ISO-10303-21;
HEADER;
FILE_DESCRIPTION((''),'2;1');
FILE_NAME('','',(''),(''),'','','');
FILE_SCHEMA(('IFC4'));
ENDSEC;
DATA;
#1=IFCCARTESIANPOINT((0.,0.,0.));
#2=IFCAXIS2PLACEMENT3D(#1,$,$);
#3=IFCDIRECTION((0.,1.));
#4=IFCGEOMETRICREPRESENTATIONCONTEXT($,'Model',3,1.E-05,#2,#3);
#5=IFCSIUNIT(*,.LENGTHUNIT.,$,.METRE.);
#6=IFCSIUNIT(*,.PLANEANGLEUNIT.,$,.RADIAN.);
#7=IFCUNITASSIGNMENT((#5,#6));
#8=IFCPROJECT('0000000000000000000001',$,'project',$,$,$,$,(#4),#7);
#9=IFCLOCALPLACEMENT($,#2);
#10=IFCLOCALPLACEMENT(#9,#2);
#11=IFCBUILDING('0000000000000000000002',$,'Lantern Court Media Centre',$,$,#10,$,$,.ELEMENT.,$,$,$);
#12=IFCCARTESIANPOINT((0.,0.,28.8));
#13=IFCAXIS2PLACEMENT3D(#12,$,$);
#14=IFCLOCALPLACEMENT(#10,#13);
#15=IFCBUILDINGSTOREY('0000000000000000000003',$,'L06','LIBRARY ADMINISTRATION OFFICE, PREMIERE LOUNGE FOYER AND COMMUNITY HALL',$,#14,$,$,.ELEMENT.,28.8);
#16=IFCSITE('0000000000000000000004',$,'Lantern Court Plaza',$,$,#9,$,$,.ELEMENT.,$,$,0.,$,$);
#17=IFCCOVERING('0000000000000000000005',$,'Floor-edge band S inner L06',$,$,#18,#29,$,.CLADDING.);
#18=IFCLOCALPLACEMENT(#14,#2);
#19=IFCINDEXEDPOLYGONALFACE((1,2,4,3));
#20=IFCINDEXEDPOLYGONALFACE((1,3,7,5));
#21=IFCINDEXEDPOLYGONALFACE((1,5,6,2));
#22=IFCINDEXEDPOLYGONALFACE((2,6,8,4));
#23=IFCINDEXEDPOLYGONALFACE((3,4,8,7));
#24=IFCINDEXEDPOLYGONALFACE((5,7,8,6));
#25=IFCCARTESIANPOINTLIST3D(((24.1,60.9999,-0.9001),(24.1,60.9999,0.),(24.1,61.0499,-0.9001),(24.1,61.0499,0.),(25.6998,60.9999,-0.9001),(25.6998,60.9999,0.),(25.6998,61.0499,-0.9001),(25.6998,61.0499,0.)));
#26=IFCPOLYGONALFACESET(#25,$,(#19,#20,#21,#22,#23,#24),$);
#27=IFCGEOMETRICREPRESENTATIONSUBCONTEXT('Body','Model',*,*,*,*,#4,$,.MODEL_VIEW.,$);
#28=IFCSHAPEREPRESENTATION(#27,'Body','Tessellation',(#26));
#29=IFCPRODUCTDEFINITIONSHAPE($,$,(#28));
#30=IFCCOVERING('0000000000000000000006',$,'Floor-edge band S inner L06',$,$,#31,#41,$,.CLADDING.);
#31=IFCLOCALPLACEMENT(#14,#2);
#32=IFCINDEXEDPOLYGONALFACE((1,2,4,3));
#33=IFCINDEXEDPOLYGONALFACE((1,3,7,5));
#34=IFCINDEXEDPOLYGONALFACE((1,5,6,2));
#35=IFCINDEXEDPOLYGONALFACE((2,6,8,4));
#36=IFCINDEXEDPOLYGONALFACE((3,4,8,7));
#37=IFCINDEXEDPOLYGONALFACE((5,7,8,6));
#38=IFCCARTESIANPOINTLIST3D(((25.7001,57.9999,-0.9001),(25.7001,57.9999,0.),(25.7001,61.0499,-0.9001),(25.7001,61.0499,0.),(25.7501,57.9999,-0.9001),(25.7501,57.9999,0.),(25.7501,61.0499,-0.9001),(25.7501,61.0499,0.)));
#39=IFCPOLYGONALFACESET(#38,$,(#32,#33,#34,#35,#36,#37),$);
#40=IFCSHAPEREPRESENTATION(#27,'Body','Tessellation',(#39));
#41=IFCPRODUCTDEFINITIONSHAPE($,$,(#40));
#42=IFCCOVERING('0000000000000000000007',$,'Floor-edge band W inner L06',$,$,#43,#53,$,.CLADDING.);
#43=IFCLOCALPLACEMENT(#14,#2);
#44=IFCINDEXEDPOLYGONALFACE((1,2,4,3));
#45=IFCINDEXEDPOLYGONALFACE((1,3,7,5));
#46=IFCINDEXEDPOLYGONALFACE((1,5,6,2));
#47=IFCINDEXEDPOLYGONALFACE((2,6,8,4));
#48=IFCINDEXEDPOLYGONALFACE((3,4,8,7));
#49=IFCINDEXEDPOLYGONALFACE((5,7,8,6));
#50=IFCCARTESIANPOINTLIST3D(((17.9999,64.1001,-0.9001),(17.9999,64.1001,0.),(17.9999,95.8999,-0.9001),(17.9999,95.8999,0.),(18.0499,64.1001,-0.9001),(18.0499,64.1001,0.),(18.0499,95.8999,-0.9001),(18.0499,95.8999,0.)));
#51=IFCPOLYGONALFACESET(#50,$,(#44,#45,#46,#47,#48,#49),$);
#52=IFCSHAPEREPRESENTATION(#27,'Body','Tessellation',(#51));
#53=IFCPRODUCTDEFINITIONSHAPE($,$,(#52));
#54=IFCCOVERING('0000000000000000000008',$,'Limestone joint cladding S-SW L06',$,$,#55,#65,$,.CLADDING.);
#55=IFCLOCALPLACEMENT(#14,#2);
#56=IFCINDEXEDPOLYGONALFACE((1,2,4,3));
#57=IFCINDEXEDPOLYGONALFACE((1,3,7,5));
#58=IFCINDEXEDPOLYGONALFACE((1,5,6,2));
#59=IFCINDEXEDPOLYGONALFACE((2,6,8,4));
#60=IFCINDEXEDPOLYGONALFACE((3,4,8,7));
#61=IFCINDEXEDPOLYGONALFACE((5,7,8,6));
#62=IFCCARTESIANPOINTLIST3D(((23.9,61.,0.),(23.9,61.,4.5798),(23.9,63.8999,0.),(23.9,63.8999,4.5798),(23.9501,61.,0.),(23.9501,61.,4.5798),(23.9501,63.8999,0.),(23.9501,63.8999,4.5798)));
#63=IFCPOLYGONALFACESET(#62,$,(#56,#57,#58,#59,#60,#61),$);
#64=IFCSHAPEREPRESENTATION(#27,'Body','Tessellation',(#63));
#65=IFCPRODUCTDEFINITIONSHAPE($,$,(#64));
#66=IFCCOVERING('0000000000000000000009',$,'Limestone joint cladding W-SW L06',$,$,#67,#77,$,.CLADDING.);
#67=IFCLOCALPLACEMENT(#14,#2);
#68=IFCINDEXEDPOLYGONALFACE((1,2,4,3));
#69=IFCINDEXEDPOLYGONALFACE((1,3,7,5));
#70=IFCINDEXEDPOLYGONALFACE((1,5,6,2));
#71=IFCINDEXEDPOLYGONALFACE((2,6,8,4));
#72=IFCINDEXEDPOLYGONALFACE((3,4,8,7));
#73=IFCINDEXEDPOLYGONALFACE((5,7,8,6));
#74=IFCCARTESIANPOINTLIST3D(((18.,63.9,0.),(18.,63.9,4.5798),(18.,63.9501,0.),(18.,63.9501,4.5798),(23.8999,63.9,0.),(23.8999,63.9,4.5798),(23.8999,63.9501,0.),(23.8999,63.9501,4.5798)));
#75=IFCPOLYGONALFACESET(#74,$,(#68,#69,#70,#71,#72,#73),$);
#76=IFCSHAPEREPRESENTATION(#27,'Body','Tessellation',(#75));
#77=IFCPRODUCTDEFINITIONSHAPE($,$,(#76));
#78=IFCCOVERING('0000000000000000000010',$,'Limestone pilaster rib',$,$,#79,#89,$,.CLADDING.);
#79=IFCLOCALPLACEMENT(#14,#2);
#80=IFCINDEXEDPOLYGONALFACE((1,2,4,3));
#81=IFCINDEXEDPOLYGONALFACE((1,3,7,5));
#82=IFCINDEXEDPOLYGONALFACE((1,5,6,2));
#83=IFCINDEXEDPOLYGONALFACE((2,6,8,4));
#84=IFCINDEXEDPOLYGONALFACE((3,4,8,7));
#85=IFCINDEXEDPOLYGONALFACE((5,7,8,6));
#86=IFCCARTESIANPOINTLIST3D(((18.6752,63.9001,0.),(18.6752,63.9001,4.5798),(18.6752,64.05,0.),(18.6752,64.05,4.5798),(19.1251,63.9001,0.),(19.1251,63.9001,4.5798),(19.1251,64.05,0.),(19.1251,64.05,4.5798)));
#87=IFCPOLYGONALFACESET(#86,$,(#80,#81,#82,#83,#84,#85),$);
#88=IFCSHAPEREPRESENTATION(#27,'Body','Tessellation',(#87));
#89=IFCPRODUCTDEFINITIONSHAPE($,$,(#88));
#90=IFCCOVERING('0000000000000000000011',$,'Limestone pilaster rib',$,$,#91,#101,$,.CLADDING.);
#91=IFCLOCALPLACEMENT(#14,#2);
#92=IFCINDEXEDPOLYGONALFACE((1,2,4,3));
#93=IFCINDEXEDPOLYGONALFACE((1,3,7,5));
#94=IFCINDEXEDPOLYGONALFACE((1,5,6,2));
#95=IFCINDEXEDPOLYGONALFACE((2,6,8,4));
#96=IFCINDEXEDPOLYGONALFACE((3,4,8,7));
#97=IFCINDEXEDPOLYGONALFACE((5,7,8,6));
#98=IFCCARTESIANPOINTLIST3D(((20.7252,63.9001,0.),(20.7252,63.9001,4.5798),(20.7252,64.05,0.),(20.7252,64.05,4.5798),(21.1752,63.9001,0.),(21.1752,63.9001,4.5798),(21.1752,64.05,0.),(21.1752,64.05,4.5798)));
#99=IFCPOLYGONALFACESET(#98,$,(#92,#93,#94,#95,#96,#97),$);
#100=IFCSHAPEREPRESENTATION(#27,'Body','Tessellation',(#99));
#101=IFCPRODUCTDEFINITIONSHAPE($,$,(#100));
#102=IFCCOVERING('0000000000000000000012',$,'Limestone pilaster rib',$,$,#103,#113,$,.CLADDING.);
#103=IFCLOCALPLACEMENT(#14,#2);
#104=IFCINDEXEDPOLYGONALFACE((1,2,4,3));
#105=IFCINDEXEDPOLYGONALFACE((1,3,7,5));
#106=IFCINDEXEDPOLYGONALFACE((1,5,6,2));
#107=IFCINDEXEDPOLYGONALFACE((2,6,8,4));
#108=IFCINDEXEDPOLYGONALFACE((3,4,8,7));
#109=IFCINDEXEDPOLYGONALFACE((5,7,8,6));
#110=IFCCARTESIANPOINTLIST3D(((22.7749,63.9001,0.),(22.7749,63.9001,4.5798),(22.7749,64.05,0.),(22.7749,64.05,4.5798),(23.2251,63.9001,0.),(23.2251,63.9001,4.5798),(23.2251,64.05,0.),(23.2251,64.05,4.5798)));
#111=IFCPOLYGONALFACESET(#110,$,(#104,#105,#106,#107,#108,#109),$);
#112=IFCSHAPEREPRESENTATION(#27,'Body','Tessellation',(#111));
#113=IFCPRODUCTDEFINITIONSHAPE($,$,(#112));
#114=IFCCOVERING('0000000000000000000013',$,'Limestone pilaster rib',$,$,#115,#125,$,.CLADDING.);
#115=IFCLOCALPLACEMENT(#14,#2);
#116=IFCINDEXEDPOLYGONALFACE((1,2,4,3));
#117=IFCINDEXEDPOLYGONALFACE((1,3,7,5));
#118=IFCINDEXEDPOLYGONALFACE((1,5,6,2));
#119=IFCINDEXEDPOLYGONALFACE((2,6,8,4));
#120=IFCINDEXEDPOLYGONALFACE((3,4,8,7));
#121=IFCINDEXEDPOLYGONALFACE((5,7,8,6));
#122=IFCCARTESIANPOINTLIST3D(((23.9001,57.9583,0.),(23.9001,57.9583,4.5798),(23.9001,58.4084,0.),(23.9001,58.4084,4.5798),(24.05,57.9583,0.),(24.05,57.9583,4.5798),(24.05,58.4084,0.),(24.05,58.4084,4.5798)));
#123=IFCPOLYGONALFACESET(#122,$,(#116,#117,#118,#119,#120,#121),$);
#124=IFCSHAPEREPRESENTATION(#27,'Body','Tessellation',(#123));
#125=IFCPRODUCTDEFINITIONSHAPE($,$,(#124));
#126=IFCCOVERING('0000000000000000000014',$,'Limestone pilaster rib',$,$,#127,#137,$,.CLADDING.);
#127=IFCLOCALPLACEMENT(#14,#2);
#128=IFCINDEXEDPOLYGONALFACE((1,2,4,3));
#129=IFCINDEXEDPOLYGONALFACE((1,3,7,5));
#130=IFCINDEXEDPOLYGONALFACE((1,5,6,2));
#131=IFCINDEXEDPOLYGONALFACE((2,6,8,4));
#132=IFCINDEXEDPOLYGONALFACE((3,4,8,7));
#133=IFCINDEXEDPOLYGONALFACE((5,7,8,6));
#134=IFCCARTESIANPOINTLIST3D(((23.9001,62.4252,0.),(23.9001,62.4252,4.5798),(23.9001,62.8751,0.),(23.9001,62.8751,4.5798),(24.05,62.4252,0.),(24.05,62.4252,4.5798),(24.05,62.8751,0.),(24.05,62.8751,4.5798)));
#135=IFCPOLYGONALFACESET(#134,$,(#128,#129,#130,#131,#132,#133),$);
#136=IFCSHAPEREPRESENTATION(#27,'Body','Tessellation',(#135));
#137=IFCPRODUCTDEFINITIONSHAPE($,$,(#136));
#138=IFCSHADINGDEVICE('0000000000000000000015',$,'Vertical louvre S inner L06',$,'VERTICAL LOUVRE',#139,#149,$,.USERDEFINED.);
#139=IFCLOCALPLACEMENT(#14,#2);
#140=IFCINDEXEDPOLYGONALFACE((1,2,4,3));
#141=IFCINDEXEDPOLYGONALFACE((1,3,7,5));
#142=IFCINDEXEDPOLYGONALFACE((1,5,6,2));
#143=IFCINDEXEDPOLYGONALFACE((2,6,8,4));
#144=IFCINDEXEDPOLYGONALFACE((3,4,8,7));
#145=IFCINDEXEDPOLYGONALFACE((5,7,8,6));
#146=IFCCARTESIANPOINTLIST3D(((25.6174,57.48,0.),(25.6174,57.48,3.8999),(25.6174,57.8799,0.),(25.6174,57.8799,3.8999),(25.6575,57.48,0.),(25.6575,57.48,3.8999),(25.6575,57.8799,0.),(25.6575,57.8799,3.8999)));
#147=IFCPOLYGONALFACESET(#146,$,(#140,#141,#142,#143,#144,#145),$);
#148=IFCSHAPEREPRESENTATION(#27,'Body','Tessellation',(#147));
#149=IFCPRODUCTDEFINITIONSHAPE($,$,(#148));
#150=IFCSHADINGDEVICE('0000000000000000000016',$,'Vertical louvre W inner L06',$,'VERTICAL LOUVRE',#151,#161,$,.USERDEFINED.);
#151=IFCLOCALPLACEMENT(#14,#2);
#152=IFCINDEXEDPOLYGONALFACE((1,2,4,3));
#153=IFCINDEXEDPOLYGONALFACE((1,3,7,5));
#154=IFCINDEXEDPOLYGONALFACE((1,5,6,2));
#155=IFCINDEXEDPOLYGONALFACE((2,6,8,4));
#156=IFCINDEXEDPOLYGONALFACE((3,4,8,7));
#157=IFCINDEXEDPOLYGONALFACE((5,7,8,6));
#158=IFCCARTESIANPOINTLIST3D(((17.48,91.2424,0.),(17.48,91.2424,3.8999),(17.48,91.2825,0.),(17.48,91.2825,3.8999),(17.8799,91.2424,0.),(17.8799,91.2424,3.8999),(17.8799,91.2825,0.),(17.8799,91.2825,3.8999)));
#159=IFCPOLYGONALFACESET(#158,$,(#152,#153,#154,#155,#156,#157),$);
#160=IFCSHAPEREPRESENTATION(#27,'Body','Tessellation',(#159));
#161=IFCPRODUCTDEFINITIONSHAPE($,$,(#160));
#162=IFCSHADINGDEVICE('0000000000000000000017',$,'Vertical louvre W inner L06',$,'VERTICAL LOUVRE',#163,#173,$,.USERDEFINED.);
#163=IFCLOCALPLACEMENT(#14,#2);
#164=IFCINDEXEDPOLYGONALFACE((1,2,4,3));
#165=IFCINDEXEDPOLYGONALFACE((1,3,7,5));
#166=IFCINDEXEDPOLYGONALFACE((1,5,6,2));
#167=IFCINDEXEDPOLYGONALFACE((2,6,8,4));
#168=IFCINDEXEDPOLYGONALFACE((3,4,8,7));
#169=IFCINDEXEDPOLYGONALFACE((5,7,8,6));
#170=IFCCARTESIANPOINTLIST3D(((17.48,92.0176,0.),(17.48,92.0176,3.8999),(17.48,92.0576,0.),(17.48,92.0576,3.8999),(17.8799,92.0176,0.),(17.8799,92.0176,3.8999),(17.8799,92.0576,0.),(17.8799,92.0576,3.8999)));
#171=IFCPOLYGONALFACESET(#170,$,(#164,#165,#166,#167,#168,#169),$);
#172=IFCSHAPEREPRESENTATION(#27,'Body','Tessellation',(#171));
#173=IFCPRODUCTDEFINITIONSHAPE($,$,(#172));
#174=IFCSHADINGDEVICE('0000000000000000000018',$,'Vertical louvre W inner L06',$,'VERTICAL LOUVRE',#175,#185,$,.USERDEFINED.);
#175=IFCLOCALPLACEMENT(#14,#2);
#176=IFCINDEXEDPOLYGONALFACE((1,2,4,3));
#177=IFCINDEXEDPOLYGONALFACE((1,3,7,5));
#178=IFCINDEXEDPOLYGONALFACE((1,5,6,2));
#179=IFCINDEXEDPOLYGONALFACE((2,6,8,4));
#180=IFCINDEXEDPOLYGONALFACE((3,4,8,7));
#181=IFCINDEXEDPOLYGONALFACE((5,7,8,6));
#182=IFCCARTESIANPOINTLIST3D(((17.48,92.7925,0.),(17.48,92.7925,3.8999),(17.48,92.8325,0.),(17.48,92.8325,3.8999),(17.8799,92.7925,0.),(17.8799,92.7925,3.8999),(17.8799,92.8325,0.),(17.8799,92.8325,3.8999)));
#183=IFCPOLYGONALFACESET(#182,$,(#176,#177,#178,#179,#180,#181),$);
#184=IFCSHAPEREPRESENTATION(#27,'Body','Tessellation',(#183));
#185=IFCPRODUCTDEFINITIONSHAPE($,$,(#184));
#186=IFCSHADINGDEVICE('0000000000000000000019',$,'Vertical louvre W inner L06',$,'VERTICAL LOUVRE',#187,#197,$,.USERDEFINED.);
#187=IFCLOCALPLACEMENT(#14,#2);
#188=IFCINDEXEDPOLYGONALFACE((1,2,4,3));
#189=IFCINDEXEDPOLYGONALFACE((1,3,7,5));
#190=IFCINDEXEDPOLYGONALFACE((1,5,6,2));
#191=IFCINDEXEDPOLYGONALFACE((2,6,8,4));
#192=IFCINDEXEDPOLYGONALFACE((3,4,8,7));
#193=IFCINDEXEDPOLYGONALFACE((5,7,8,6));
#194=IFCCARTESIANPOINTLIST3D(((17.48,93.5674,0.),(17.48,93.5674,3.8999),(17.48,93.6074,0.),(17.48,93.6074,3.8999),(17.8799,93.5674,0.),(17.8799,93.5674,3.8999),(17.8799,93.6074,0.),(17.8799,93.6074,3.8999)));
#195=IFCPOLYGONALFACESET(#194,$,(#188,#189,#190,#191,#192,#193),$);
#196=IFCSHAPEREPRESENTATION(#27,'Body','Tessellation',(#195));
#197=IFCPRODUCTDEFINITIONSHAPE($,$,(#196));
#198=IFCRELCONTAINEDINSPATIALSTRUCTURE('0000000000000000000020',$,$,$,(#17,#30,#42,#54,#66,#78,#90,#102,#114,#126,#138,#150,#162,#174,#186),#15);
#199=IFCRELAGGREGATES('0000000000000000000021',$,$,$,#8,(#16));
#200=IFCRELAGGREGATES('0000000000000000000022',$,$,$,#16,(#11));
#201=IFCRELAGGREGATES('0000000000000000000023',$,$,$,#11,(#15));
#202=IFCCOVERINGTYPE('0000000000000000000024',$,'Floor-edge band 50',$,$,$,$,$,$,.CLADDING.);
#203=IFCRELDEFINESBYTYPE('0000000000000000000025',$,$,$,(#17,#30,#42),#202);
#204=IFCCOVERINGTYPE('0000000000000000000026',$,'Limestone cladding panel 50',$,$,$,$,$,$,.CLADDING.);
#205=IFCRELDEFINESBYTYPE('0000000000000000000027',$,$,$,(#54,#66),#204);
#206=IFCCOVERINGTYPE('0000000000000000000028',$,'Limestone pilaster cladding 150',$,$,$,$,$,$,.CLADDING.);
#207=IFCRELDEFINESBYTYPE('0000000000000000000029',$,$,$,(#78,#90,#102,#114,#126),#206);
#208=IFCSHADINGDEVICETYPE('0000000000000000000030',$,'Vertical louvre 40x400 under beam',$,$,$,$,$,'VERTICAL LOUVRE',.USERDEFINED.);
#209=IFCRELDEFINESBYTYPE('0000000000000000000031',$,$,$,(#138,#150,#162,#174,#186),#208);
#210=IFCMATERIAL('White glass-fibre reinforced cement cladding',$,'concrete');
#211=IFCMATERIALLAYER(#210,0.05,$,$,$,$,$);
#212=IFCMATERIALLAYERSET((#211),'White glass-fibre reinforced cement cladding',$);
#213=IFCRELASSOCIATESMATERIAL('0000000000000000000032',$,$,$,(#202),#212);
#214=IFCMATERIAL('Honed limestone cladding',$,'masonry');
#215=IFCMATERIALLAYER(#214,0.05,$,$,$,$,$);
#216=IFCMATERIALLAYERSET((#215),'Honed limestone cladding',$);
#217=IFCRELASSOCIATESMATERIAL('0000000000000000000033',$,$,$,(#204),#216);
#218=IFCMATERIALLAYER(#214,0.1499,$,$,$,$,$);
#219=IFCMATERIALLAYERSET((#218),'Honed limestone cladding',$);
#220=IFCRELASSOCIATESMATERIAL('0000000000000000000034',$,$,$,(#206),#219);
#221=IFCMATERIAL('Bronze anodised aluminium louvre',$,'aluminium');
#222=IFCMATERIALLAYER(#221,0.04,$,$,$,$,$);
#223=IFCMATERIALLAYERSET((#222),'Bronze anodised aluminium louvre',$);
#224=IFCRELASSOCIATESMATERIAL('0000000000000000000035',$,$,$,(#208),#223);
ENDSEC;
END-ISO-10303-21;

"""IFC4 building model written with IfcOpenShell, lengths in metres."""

from ifc_helpers import new_model, si_unit, direction, frame, frame_2d, origin, origin_2d, place, context, subcontext, project, spatial, rectangle, extrude, material, layer, layer_set, type_object, element, save


model = new_model("IFC4")

# Units and contexts
model_context = context("Model", 3, precision=1e-05, world=origin(), true_north=direction((0.0, 1.0)))
body_context = subcontext(model_context, "Body", "Model", "MODEL_VIEW")
ifc_project = project(units=[si_unit("LENGTHUNIT", "METRE"), si_unit("PLANEANGLEUNIT", "RADIAN")], contexts=[model_context])

# Site, building, storey
site_placement = place(None, origin())
site = spatial("IfcSite", under=ifc_project, at=site_placement, Name="Lantern Court Plaza", CompositionType="ELEMENT", RefElevation=0.0)
building_placement = place(site_placement, origin())
building = spatial("IfcBuilding", under=site, at=building_placement, Name="Lantern Court Media Centre", CompositionType="ELEMENT")
storey_placement = place(building_placement, frame((0.0, 0.0, 28.8)))
storey = spatial("IfcBuildingStorey", under=building, at=storey_placement, Name="L06", Description="LIBRARY ADMINISTRATION OFFICE, PREMIERE LOUNGE FOYER AND COMMUNITY HALL", CompositionType="ELEMENT", Elevation=28.8)

# Coverings
ifc_material_1 = material(Name="White glass-fibre reinforced cement cladding", Category="concrete")
ifc_layer_1 = layer(ifc_material_1, 0.05)
ifc_layer_set_1 = layer_set([ifc_layer_1], Name="White glass-fibre reinforced cement cladding")
covering_type_1 = type_object("IfcCoveringType", Name="Floor-edge band 50", PredefinedType="CLADDING", material=ifc_layer_set_1)
covering_1_placement = place(storey_placement, frame((24.1001, 61.0249, -0.9001), z_axis=(0.0, 0.0, 1.0), x_axis=(1.0, 0.0, 0.0)))
element("IfcCovering", 1, at=covering_1_placement, inside=storey, type_object=covering_type_1, Name="Floor-edge band S inner L06", PredefinedType="CLADDING", context=body_context, shape_type="SweptSolid", body=[
    extrude(rectangle(XDim=1.5999, YDim=0.05, at=frame_2d((0.7998, 0.0))), origin(), (0.0, 0.0, 1.0), 0.9001),
])
covering_2_placement = place(storey_placement, frame((25.7251, 58.0, -0.9001), z_axis=(0.0, 0.0, 1.0), x_axis=(0.0, 1.0, 0.0)))
element("IfcCovering", 2, at=covering_2_placement, inside=storey, type_object=covering_type_1, Name="Floor-edge band S inner L06", PredefinedType="CLADDING", context=body_context, shape_type="SweptSolid", body=[
    extrude(rectangle(XDim=3.05, YDim=0.05, at=frame_2d((1.5249, 0.0))), origin(), (0.0, 0.0, 1.0), 0.9001),
])
covering_3_placement = place(storey_placement, frame((18.0249, 64.1001, -0.9001), z_axis=(0.0, 0.0, 1.0), x_axis=(0.0, 1.0, 0.0)))
element("IfcCovering", 3, at=covering_3_placement, inside=storey, type_object=covering_type_1, Name="Floor-edge band W inner L06", PredefinedType="CLADDING", context=body_context, shape_type="SweptSolid", body=[
    extrude(rectangle(XDim=31.7998, YDim=0.05, at=frame_2d((15.8999, 0.0))), origin(), (0.0, 0.0, 1.0), 0.9001),
])
ifc_material_2 = material(Name="Honed limestone cladding", Category="masonry")
ifc_layer_2 = layer(ifc_material_2, 0.05)
ifc_layer_set_2 = layer_set([ifc_layer_2], Name="Honed limestone cladding")
covering_type_2 = type_object("IfcCoveringType", Name="Limestone cladding panel 50", PredefinedType="CLADDING", material=ifc_layer_set_2)
covering_4_placement = place(storey_placement, frame((23.925, 61.0, 0.0), z_axis=(0.0, 0.0, 1.0), x_axis=(0.0, 1.0, 0.0)))
element("IfcCovering", 4, at=covering_4_placement, inside=storey, type_object=covering_type_2, Name="Limestone joint cladding S-SW L06", PredefinedType="CLADDING", context=body_context, shape_type="SweptSolid", body=[
    extrude(rectangle(XDim=2.8999, YDim=0.05, at=frame_2d((1.45, 0.0))), origin(), (0.0, 0.0, 1.0), 4.5798),
])
covering_5_placement = place(storey_placement, frame((18.0, 63.925, 0.0), z_axis=(0.0, 0.0, 1.0), x_axis=(1.0, 0.0, 0.0)))
element("IfcCovering", 5, at=covering_5_placement, inside=storey, type_object=covering_type_2, Name="Limestone joint cladding W-SW L06", PredefinedType="CLADDING", context=body_context, shape_type="SweptSolid", body=[
    extrude(rectangle(XDim=5.8999, YDim=0.05, at=frame_2d((2.95, 0.0))), origin(), (0.0, 0.0, 1.0), 4.5798),
])
ifc_layer_3 = layer(ifc_material_2, 0.1499)
ifc_layer_set_3 = layer_set([ifc_layer_3], Name="Honed limestone cladding")
covering_type_3 = type_object("IfcCoveringType", Name="Limestone pilaster cladding 150", PredefinedType="CLADDING", material=ifc_layer_set_3)
for number, where, z_axis, x_axis, name in (
    (6, (18.675, 63.9751, 0.0), (0.0, 0.0, 1.0), (1.0, 0.0, 0.0), "Limestone pilaster rib"),
    (7, (20.7251, 63.9751, 0.0), (0.0, 0.0, 1.0), (1.0, 0.0, 0.0), "Limestone pilaster rib"),
):
    element("IfcCovering", number, at=place(storey_placement, frame(where, z_axis=z_axis, x_axis=x_axis)), inside=storey, type_object=covering_type_3, Name=name, PredefinedType="CLADDING", context=body_context, shape_type="SweptSolid", body=[
        extrude(rectangle(XDim=0.45, YDim=0.1499, at=frame_2d((0.2251, 0.0))), origin(), (0.0, 0.0, 1.0), 4.5798),
    ])
for number, where, z_axis, x_axis, name in (
    (8, (22.7749, 63.9751, 0.0), (0.0, 0.0, 1.0), (1.0, 0.0, 0.0), "Limestone pilaster rib"),
    (9, (23.9751, 57.9583, 0.0), (0.0, 0.0, 1.0), (0.0, 1.0, 0.0), "Limestone pilaster rib"),
):
    element("IfcCovering", number, at=place(storey_placement, frame(where, z_axis=z_axis, x_axis=x_axis)), inside=storey, type_object=covering_type_3, Name=name, PredefinedType="CLADDING", context=body_context, shape_type="SweptSolid", body=[
        extrude(rectangle(XDim=0.4502, YDim=0.1499, at=frame_2d((0.2251, 0.0))), origin(), (0.0, 0.0, 1.0), 4.5798),
    ])
covering_6_placement = place(storey_placement, frame((23.9751, 62.425, 0.0), z_axis=(0.0, 0.0, 1.0), x_axis=(0.0, 1.0, 0.0)))
element("IfcCovering", 10, at=covering_6_placement, inside=storey, type_object=covering_type_3, Name="Limestone pilaster rib", PredefinedType="CLADDING", context=body_context, shape_type="SweptSolid", body=[
    extrude(rectangle(XDim=0.45, YDim=0.1499, at=frame_2d((0.2251, 0.0))), origin(), (0.0, 0.0, 1.0), 4.5798),
])

# Shading devices
ifc_material_3 = material(Name="Bronze anodised aluminium louvre", Category="aluminium")
ifc_layer_4 = layer(ifc_material_3, 0.04)
ifc_layer_set_4 = layer_set([ifc_layer_4], Name="Bronze anodised aluminium louvre")
shading_device_type = type_object("IfcShadingDeviceType", Name="Vertical louvre 40x400 under beam", ElementType="VERTICAL LOUVRE", PredefinedType="USERDEFINED", material=ifc_layer_set_4)
shading_device_placement = place(storey_placement, frame((25.6375, 57.6799, 0.0), z_axis=(0.0, 0.0, 1.0), x_axis=(1.0, 0.0, 0.0)))
element("IfcShadingDevice", 11, at=shading_device_placement, inside=storey, type_object=shading_device_type, Name="Vertical louvre S inner L06", ObjectType="VERTICAL LOUVRE", PredefinedType="USERDEFINED", context=body_context, shape_type="SweptSolid", body=[
    extrude(rectangle(XDim=0.04, YDim=0.3999, at=origin_2d()), origin(), (0.0, 0.0, 1.0), 3.8999),
])
for number, where, z_axis, x_axis, name in (
    (12, (17.6799, 91.2625, 0.0), (0.0, 0.0, 1.0), (1.0, 0.0, 0.0), "Vertical louvre W inner L06"),
    (13, (17.6799, 92.0376, 0.0), (0.0, 0.0, 1.0), (1.0, 0.0, 0.0), "Vertical louvre W inner L06"),
    (14, (17.6799, 92.8125, 0.0), (0.0, 0.0, 1.0), (1.0, 0.0, 0.0), "Vertical louvre W inner L06"),
    (15, (17.6799, 93.5874, 0.0), (0.0, 0.0, 1.0), (1.0, 0.0, 0.0), "Vertical louvre W inner L06"),
):
    element("IfcShadingDevice", number, at=place(storey_placement, frame(where, z_axis=z_axis, x_axis=x_axis)), inside=storey, type_object=shading_device_type, Name=name, ObjectType="VERTICAL LOUVRE", PredefinedType="USERDEFINED", context=body_context, shape_type="SweptSolid", body=[
        extrude(rectangle(XDim=0.3999, YDim=0.04, at=origin_2d()), origin(), (0.0, 0.0, 1.0), 3.8999),
    ])

save(model, "model.ifc")
